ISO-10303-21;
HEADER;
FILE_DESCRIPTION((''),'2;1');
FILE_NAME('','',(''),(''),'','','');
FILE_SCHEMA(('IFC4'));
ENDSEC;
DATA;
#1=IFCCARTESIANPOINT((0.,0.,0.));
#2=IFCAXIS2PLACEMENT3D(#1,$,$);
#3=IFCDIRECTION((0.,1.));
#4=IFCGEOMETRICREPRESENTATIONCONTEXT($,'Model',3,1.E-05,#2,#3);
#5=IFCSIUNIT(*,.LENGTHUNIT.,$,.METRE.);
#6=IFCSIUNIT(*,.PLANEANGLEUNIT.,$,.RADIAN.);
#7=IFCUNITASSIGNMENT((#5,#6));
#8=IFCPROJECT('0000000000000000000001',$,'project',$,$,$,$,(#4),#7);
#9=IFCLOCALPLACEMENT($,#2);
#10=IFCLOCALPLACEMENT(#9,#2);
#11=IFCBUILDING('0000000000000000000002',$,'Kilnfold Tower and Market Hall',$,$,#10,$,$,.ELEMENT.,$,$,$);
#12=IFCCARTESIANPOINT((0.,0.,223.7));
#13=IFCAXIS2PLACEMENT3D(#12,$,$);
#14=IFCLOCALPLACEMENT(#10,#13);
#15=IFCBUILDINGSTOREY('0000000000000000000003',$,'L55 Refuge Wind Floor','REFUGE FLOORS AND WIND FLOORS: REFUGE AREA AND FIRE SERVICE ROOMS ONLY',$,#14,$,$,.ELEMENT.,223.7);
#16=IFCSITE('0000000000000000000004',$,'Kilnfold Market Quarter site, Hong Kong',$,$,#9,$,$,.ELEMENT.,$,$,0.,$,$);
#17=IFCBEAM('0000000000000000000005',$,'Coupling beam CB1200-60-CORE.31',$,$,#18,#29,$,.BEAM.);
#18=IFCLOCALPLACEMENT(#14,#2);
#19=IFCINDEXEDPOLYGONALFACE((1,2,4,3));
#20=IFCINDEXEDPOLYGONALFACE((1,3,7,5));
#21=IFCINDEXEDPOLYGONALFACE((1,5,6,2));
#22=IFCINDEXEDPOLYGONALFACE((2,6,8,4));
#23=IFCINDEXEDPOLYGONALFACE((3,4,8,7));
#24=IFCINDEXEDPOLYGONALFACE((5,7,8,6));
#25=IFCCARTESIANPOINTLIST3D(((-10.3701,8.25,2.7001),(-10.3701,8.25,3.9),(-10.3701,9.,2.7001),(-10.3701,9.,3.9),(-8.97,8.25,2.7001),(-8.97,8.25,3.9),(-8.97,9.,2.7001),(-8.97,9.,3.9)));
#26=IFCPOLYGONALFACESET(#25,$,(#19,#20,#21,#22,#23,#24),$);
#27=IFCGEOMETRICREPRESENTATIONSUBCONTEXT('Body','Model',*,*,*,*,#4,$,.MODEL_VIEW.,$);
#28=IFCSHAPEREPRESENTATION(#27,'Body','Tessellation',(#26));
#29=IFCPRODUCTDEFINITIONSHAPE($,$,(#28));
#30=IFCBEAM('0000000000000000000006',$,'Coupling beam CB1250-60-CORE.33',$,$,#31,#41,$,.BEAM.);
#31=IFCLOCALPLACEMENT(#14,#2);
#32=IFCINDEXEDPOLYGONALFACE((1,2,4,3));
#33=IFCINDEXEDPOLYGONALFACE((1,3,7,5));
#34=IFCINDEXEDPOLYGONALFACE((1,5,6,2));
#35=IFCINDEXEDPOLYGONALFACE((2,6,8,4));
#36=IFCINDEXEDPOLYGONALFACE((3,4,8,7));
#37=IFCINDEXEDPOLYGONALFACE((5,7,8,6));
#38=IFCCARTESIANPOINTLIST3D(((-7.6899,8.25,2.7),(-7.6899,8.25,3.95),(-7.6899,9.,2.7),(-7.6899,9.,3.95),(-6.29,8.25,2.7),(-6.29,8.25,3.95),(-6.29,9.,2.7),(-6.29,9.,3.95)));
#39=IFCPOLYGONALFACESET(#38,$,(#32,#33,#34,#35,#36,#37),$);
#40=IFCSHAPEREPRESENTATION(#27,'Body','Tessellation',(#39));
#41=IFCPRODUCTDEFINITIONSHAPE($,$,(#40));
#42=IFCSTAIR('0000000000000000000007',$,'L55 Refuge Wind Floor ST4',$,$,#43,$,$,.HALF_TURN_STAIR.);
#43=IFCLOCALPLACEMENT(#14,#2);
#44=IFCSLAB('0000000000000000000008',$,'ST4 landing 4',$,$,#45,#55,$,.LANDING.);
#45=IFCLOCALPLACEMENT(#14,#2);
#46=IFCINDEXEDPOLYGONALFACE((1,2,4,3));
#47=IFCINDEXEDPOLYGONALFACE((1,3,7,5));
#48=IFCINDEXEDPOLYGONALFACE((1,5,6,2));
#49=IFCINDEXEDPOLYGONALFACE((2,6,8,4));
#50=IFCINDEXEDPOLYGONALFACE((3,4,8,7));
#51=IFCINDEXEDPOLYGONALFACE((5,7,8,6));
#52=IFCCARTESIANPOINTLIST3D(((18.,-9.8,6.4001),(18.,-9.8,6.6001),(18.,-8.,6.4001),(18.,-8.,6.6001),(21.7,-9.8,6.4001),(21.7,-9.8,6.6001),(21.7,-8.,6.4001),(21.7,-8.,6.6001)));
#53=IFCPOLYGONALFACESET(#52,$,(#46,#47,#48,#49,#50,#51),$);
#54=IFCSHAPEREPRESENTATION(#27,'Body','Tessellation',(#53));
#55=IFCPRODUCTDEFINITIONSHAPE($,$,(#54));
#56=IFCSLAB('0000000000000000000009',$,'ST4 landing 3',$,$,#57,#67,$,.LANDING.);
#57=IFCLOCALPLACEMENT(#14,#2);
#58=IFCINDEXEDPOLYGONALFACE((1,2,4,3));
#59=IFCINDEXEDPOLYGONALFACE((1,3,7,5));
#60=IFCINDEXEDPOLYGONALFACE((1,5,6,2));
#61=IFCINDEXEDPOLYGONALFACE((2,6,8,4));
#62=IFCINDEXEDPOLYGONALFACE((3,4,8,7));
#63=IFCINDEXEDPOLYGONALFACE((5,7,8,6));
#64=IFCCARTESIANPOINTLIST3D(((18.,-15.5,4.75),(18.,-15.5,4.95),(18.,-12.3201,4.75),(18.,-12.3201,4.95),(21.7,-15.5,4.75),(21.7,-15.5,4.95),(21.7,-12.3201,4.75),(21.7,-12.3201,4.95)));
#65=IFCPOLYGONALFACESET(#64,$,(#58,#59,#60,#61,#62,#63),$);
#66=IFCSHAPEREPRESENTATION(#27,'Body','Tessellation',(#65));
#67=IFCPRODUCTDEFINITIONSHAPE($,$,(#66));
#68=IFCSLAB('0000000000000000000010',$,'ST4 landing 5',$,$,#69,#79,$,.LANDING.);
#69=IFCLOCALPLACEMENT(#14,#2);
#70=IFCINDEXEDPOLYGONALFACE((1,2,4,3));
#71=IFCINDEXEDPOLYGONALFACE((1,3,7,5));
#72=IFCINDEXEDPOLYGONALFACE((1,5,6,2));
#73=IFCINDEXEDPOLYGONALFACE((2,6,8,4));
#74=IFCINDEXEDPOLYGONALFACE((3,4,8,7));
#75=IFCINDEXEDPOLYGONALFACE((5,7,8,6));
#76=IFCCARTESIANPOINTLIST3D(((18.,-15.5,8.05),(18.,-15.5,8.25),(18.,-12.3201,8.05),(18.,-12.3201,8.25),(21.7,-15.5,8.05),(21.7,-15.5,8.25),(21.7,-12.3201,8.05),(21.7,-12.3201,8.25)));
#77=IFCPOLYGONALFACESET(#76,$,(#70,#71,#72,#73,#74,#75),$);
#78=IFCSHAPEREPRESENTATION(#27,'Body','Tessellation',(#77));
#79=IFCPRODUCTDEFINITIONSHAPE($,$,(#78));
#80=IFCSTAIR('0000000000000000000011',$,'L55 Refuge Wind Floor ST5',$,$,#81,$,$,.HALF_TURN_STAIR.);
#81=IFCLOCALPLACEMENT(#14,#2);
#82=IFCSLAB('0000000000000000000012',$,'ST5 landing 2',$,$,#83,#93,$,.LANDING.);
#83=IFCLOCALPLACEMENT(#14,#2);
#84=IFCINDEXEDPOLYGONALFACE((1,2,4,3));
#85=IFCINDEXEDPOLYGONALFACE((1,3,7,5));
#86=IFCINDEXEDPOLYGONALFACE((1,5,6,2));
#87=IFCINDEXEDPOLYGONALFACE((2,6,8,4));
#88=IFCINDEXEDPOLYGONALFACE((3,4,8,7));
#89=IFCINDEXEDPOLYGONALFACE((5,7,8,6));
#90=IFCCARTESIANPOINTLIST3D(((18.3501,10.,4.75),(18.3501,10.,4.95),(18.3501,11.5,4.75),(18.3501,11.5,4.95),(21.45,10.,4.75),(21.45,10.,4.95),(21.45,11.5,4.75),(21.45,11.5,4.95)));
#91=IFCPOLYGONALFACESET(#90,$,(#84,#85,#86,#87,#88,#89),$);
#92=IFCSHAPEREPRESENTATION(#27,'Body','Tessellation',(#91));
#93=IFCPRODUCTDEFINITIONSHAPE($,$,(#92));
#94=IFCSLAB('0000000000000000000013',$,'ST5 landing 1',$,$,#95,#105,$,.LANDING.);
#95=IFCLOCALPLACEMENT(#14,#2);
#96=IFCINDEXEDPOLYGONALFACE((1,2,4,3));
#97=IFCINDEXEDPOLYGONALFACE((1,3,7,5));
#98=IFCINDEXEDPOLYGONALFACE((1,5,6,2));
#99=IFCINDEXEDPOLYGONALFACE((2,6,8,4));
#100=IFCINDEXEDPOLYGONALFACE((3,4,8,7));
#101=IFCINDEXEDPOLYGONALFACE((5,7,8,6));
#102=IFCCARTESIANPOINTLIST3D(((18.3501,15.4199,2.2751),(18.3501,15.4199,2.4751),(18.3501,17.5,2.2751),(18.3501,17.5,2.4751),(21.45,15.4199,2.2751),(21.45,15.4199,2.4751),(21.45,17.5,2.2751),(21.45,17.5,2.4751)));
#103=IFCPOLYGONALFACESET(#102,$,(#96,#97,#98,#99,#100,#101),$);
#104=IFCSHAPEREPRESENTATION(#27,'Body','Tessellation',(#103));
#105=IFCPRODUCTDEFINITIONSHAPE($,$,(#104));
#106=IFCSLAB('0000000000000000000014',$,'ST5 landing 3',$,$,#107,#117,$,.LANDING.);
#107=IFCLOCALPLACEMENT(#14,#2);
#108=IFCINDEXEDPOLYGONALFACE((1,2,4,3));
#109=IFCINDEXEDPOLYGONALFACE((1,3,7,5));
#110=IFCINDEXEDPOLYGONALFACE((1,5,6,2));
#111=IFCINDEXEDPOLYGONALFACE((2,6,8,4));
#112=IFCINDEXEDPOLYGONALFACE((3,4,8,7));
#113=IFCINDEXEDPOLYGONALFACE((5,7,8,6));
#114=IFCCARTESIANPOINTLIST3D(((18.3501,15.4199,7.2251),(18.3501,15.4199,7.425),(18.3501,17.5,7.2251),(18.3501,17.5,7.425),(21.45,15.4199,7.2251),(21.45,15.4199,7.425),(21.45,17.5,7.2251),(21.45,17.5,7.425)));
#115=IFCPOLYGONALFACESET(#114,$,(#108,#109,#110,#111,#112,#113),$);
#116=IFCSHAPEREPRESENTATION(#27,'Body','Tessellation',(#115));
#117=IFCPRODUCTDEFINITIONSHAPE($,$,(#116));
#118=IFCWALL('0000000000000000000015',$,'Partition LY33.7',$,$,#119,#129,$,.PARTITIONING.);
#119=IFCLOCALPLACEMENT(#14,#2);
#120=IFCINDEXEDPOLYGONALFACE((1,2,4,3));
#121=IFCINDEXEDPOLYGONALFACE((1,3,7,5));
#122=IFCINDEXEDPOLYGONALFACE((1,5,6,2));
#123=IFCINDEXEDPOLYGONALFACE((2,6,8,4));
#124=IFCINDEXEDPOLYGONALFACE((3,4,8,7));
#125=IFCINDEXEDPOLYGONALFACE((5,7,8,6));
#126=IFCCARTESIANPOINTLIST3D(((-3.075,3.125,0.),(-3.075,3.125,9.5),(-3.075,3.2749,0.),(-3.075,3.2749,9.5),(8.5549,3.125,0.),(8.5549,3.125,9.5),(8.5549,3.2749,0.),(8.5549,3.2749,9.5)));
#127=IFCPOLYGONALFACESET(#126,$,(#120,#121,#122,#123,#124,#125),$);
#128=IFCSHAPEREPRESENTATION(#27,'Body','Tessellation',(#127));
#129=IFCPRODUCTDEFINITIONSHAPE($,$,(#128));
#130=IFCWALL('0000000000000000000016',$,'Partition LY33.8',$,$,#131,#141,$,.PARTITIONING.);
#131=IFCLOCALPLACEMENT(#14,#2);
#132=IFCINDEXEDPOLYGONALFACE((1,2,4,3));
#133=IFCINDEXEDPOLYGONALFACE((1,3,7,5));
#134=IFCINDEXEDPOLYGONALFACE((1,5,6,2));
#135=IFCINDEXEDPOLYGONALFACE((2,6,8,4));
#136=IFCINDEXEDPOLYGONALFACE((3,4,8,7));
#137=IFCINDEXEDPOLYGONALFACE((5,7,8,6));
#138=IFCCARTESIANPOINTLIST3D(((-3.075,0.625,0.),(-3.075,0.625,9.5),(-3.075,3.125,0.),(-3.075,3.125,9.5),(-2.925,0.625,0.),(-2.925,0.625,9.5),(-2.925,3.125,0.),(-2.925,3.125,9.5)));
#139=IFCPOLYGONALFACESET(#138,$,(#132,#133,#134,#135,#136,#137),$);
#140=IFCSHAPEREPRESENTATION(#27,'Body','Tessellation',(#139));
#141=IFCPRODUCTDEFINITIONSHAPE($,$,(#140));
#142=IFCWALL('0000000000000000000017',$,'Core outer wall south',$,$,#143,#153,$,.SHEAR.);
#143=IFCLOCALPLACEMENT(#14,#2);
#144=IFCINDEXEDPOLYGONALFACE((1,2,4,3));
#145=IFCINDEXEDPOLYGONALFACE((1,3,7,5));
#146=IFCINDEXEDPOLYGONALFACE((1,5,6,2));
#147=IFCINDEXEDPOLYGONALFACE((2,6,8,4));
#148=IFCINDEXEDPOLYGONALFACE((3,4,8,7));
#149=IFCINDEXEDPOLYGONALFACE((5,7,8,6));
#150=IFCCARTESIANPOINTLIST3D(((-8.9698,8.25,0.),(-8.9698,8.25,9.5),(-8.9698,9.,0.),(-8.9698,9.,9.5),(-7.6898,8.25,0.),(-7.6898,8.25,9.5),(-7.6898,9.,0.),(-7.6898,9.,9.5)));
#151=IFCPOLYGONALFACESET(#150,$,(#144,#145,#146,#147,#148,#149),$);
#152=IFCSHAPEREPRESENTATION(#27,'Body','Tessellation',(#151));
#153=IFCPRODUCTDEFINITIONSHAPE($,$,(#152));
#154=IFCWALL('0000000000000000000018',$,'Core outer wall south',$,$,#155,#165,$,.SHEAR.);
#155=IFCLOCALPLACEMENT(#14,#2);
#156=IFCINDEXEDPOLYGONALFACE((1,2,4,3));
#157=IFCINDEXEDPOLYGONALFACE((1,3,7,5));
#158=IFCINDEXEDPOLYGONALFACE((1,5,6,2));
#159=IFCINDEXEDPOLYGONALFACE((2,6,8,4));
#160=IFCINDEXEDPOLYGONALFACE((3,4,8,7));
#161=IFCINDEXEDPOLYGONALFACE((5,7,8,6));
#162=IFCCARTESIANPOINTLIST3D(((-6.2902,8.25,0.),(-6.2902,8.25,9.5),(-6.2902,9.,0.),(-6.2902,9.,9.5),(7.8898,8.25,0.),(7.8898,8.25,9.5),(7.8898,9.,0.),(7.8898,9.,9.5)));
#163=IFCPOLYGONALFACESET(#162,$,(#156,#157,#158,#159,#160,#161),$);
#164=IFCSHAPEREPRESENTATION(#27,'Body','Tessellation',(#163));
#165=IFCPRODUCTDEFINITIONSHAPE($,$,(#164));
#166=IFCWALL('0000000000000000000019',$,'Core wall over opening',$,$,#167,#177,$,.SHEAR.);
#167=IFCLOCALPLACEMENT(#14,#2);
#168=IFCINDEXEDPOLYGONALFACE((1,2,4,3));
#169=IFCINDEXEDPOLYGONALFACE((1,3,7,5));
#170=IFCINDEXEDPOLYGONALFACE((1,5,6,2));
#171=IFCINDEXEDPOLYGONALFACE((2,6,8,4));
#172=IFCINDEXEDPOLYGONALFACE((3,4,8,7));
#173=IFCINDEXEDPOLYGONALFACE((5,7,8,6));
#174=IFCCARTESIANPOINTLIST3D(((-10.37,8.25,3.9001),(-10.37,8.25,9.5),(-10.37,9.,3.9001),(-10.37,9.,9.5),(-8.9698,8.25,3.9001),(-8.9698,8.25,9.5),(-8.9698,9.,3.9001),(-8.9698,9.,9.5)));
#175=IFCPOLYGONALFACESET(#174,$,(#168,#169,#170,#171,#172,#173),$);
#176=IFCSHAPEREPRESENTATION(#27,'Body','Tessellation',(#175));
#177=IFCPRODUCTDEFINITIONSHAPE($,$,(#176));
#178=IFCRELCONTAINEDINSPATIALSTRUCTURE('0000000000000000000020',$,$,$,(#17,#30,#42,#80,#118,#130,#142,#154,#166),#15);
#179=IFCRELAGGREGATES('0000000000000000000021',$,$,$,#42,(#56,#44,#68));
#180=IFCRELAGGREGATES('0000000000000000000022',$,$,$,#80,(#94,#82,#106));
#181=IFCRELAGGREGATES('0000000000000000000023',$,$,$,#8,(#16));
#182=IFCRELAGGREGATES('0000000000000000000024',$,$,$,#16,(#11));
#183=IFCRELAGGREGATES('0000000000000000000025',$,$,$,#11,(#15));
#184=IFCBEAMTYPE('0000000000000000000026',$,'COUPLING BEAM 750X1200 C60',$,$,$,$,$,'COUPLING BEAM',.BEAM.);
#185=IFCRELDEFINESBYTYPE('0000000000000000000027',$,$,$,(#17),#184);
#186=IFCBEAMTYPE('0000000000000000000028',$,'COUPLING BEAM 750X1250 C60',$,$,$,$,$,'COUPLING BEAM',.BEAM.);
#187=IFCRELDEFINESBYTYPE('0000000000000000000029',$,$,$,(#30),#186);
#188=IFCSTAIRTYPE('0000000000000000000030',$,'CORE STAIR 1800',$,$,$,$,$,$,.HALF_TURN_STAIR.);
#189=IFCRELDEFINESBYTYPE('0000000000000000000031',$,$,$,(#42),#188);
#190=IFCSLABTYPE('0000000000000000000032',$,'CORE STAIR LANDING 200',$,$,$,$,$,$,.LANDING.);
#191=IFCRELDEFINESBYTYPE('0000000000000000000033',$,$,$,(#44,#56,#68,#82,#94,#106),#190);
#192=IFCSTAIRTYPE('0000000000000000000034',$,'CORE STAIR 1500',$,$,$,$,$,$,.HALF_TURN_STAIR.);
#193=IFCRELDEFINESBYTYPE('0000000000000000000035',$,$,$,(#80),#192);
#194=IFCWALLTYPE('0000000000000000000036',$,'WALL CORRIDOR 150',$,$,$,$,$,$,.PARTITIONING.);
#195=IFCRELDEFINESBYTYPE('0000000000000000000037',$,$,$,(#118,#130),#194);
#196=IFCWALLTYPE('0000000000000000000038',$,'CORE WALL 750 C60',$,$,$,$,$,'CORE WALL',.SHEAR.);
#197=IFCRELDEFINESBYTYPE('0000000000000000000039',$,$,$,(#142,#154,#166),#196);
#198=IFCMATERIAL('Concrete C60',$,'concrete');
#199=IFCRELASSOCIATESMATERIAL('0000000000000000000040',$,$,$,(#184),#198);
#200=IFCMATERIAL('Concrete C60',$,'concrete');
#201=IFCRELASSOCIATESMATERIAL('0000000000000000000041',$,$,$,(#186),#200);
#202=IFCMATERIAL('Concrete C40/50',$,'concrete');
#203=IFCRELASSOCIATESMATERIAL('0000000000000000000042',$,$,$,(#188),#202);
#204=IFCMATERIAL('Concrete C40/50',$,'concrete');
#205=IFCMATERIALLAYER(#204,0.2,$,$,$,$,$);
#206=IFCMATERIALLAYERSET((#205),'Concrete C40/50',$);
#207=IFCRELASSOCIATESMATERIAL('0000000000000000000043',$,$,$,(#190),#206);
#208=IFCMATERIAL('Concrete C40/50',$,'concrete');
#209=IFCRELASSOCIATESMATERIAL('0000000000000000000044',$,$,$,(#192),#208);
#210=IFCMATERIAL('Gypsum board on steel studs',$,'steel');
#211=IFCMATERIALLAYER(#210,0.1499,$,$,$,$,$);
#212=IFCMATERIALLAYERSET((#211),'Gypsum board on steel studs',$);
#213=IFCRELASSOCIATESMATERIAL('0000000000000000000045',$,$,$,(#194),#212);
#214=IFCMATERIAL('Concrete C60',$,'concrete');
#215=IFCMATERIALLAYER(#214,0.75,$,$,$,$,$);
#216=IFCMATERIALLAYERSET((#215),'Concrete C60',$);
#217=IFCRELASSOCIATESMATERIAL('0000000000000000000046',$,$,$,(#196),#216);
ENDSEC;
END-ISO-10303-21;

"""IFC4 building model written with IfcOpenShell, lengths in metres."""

from ifc_helpers import new_model, si_unit, direction, frame, frame_2d, origin, origin_2d, place, context, subcontext, project, spatial, polyline, rectangle, outline, extrude, source, transform, mapped, material, layer, layer_set, material_profile, profile_set, type_object, element, aggregate, save


model = new_model("IFC4")

# Units and contexts
model_context = context("Model", 3, precision=1e-05, world=origin(), true_north=direction((0.0, 1.0)))
body_context = subcontext(model_context, "Body", "Model", "MODEL_VIEW")
ifc_project = project(units=[si_unit("LENGTHUNIT", "METRE"), si_unit("PLANEANGLEUNIT", "RADIAN")], contexts=[model_context])

# Site, building, storey
site_placement = place(None, origin())
site = spatial("IfcSite", under=ifc_project, at=site_placement, Name="Kilnfold Market Quarter site, Hong Kong", CompositionType="ELEMENT", RefElevation=0.0)
building_placement = place(site_placement, origin())
building = spatial("IfcBuilding", under=site, at=building_placement, Name="Kilnfold Tower and Market Hall", CompositionType="ELEMENT")
storey_placement = place(building_placement, frame((0.0, 0.0, 223.7)))
storey = spatial("IfcBuildingStorey", under=building, at=storey_placement, Name="L55 Refuge Wind Floor", Description="REFUGE FLOORS AND WIND FLOORS: REFUGE AREA AND FIRE SERVICE ROOMS ONLY", CompositionType="ELEMENT", Elevation=223.7)

# Beams
ifc_material_1 = material(Name="Concrete C60", Category="concrete")
ifc_material_profile_1 = material_profile(ifc_material_1, rectangle(XDim=0.75, YDim=1.2, at=origin_2d()), Name="RC 750x1200")
ifc_profile_set_1 = profile_set([ifc_material_profile_1], Name="Concrete C60")
beam_type_1 = type_object("IfcBeamType", Name="COUPLING BEAM 750X1200 C60", ElementType="COUPLING BEAM", PredefinedType="BEAM", material=ifc_profile_set_1)
shared_shape_1 = source(origin(), body_context, "Body", "SweptSolid", [
    extrude(rectangle(XDim=0.75, YDim=1.2, at=origin_2d()), origin(), (0.0, 0.0, 1.0), 1.4001),
])
beam_1_placement = place(storey_placement, frame((-10.3701, 8.625, 3.3), z_axis=(1.0, 0.0, 0.0), x_axis=(0.0, 1.0, 0.0)))
element("IfcBeam", 1, at=beam_1_placement, inside=storey, type_object=beam_type_1, Name="Coupling beam CB1200-60-CORE.31", PredefinedType="BEAM", context=body_context, shape_type="MappedRepresentation", body=[
    mapped(shared_shape_1, transform((0.0, 0.0, 0.0))),
])
ifc_material_2 = material(Name="Concrete C60", Category="concrete")
ifc_material_profile_2 = material_profile(ifc_material_2, rectangle(XDim=0.75, YDim=1.25, at=origin_2d()), Name="RC 750x1250")
ifc_profile_set_2 = profile_set([ifc_material_profile_2], Name="Concrete C60")
beam_type_2 = type_object("IfcBeamType", Name="COUPLING BEAM 750X1250 C60", ElementType="COUPLING BEAM", PredefinedType="BEAM", material=ifc_profile_set_2)
shared_shape_2 = source(origin(), body_context, "Body", "SweptSolid", [
    extrude(rectangle(XDim=0.75, YDim=1.25, at=origin_2d()), origin(), (0.0, 0.0, 1.0), 1.3999),
])
beam_2_placement = place(storey_placement, frame((-7.6899, 8.625, 3.325), z_axis=(1.0, 0.0, 0.0), x_axis=(0.0, 1.0, 0.0)))
element("IfcBeam", 2, at=beam_2_placement, inside=storey, type_object=beam_type_2, Name="Coupling beam CB1250-60-CORE.33", PredefinedType="BEAM", context=body_context, shape_type="MappedRepresentation", body=[
    mapped(shared_shape_2, transform((0.0, 0.0, 0.0))),
])

# Stairs, slabs
ifc_material_3 = material(Name="Concrete C40/50", Category="concrete")
stair_type_1 = type_object("IfcStairType", Name="CORE STAIR 1800", PredefinedType="HALF_TURN_STAIR", material=ifc_material_3)
stair_1_placement = place(storey_placement, origin())
stair_1 = element("IfcStair", 3, at=stair_1_placement, inside=storey, type_object=stair_type_1, Name="L55 Refuge Wind Floor ST4", PredefinedType="HALF_TURN_STAIR")
ifc_material_4 = material(Name="Concrete C40/50", Category="concrete")
ifc_layer_1 = layer(ifc_material_4, 0.2)
ifc_layer_set_1 = layer_set([ifc_layer_1], Name="Concrete C40/50")
slab_type = type_object("IfcSlabType", Name="CORE STAIR LANDING 200", PredefinedType="LANDING", material=ifc_layer_set_1)
shared_shape_3 = source(origin(), body_context, "Body", "SweptSolid", [
    extrude(outline(polyline([(18.0, -8.0), (18.0, -9.8), (21.7, -9.8), (21.7, -8.0), (18.0, -8.0)])), origin(), (0.0, 0.0, 1.0), 0.2),
])
slab_1_placement = place(storey_placement, frame((0.0, 0.0, 6.4001)))
slab_1 = element("IfcSlab", 4, at=slab_1_placement, type_object=slab_type, Name="ST4 landing 4", PredefinedType="LANDING", context=body_context, shape_type="MappedRepresentation", body=[
    mapped(shared_shape_3, transform((0.0, 0.0, 0.0))),
])
shared_shape_4 = source(origin(), body_context, "Body", "SweptSolid", [
    extrude(outline(polyline([(18.0, -12.3201), (18.0, -15.5), (21.7, -15.5), (21.7, -12.3201), (18.0, -12.3201)])), origin(), (0.0, 0.0, 1.0), 0.2),
])
slab_2_placement = place(storey_placement, frame((0.0, 0.0, 4.75)))
slab_2 = element("IfcSlab", 5, at=slab_2_placement, type_object=slab_type, Name="ST4 landing 3", PredefinedType="LANDING", context=body_context, shape_type="MappedRepresentation", body=[
    mapped(shared_shape_4, transform((0.0, 0.0, 0.0))),
])
slab_3_placement = place(storey_placement, frame((0.0, 0.0, 8.05)))
slab_3 = element("IfcSlab", 6, at=slab_3_placement, type_object=slab_type, Name="ST4 landing 5", PredefinedType="LANDING", context=body_context, shape_type="MappedRepresentation", body=[
    mapped(shared_shape_4, transform((0.0, 0.0, 0.0))),
])
aggregate(stair_1, [slab_2, slab_1, slab_3])
ifc_material_5 = material(Name="Concrete C40/50", Category="concrete")
stair_type_2 = type_object("IfcStairType", Name="CORE STAIR 1500", PredefinedType="HALF_TURN_STAIR", material=ifc_material_5)
stair_2_placement = place(storey_placement, origin())
stair_2 = element("IfcStair", 7, at=stair_2_placement, inside=storey, type_object=stair_type_2, Name="L55 Refuge Wind Floor ST5", PredefinedType="HALF_TURN_STAIR")
shared_shape_5 = source(origin(), body_context, "Body", "SweptSolid", [
    extrude(outline(polyline([(21.45, 10.0), (21.45, 11.5), (18.3501, 11.5), (18.3501, 10.0), (21.45, 10.0)])), origin(), (0.0, 0.0, 1.0), 0.2),
])
slab_4_placement = place(storey_placement, frame((0.0, 0.0, 4.75)))
slab_4 = element("IfcSlab", 8, at=slab_4_placement, type_object=slab_type, Name="ST5 landing 2", PredefinedType="LANDING", context=body_context, shape_type="MappedRepresentation", body=[
    mapped(shared_shape_5, transform((0.0, 0.0, 0.0))),
])
shared_shape_6 = source(origin(), body_context, "Body", "SweptSolid", [
    extrude(outline(polyline([(21.45, 15.4199), (21.45, 17.5), (18.3501, 17.5), (18.3501, 15.4199), (21.45, 15.4199)])), origin(), (0.0, 0.0, 1.0), 0.2),
])
slab_5_placement = place(storey_placement, frame((0.0, 0.0, 2.2751)))
slab_5 = element("IfcSlab", 9, at=slab_5_placement, type_object=slab_type, Name="ST5 landing 1", PredefinedType="LANDING", context=body_context, shape_type="MappedRepresentation", body=[
    mapped(shared_shape_6, transform((0.0, 0.0, 0.0))),
])
slab_6_placement = place(storey_placement, frame((0.0, 0.0, 7.2251)))
slab_6 = element("IfcSlab", 10, at=slab_6_placement, type_object=slab_type, Name="ST5 landing 3", PredefinedType="LANDING", context=body_context, shape_type="MappedRepresentation", body=[
    mapped(shared_shape_6, transform((0.0, 0.0, 0.0))),
])
aggregate(stair_2, [slab_5, slab_4, slab_6])

# Walls
ifc_material_6 = material(Name="Gypsum board on steel studs", Category="steel")
ifc_layer_2 = layer(ifc_material_6, 0.1499)
ifc_layer_set_2 = layer_set([ifc_layer_2], Name="Gypsum board on steel studs")
wall_type_1 = type_object("IfcWallType", Name="WALL CORRIDOR 150", PredefinedType="PARTITIONING", material=ifc_layer_set_2)
wall_1_placement = place(storey_placement, frame((-3.075, 3.2, 0.0), z_axis=(0.0, 0.0, 1.0), x_axis=(1.0, 0.0, 0.0)))
element("IfcWall", 11, at=wall_1_placement, inside=storey, type_object=wall_type_1, Name="Partition LY33.7", PredefinedType="PARTITIONING", context=body_context, shape_type="SweptSolid", body=[
    extrude(rectangle(XDim=11.6299, YDim=0.1499, at=frame_2d((5.8149, 0.0))), origin(), (0.0, 0.0, 1.0), 9.5),
])
wall_2_placement = place(storey_placement, frame((-3.0, 0.625, 0.0), z_axis=(0.0, 0.0, 1.0), x_axis=(0.0, 1.0, 0.0)))
element("IfcWall", 12, at=wall_2_placement, inside=storey, type_object=wall_type_1, Name="Partition LY33.8", PredefinedType="PARTITIONING", context=body_context, shape_type="SweptSolid", body=[
    extrude(rectangle(XDim=2.5, YDim=0.1499, at=frame_2d((1.25, 0.0))), origin(), (0.0, 0.0, 1.0), 9.5),
])
ifc_material_7 = material(Name="Concrete C60", Category="concrete")
ifc_layer_3 = layer(ifc_material_7, 0.75)
ifc_layer_set_3 = layer_set([ifc_layer_3], Name="Concrete C60")
wall_type_2 = type_object("IfcWallType", Name="CORE WALL 750 C60", ElementType="CORE WALL", PredefinedType="SHEAR", material=ifc_layer_set_3)
shared_shape_7 = source(origin(), body_context, "Body", "SweptSolid", [
    extrude(rectangle(XDim=1.28, YDim=0.75, at=frame_2d((0.6401, 0.0))), origin(), (0.0, 0.0, 1.0), 9.5),
])
wall_3_placement = place(storey_placement, frame((-8.97, 8.625, 0.0), z_axis=(0.0, 0.0, 1.0), x_axis=(1.0, 0.0, 0.0)))
element("IfcWall", 13, at=wall_3_placement, inside=storey, type_object=wall_type_2, Name="Core outer wall south", PredefinedType="SHEAR", context=body_context, shape_type="MappedRepresentation", body=[
    mapped(shared_shape_7, transform((0.0, 0.0, 0.0))),
])
shared_shape_8 = source(origin(), body_context, "Body", "SweptSolid", [
    extrude(rectangle(XDim=14.1799, YDim=0.75, at=frame_2d((7.0898, 0.0))), origin(), (0.0, 0.0, 1.0), 9.5),
])
wall_4_placement = place(storey_placement, frame((-6.29, 8.625, 0.0), z_axis=(0.0, 0.0, 1.0), x_axis=(1.0, 0.0, 0.0)))
element("IfcWall", 14, at=wall_4_placement, inside=storey, type_object=wall_type_2, Name="Core outer wall south", PredefinedType="SHEAR", context=body_context, shape_type="MappedRepresentation", body=[
    mapped(shared_shape_8, transform((0.0, 0.0, 0.0))),
])
shared_shape_9 = source(origin(), body_context, "Body", "SweptSolid", [
    extrude(rectangle(XDim=1.4001, YDim=0.75, at=frame_2d((0.7002, 0.0))), origin(), (0.0, 0.0, 1.0), 5.5999),
])
wall_5_placement = place(storey_placement, frame((-10.3701, 8.625, 3.9001), z_axis=(0.0, 0.0, 1.0), x_axis=(1.0, 0.0, 0.0)))
element("IfcWall", 15, at=wall_5_placement, inside=storey, type_object=wall_type_2, Name="Core wall over opening", PredefinedType="SHEAR", context=body_context, shape_type="MappedRepresentation", body=[
    mapped(shared_shape_9, transform((0.0, 0.0, 0.0))),
])

save(model, "model.ifc")
